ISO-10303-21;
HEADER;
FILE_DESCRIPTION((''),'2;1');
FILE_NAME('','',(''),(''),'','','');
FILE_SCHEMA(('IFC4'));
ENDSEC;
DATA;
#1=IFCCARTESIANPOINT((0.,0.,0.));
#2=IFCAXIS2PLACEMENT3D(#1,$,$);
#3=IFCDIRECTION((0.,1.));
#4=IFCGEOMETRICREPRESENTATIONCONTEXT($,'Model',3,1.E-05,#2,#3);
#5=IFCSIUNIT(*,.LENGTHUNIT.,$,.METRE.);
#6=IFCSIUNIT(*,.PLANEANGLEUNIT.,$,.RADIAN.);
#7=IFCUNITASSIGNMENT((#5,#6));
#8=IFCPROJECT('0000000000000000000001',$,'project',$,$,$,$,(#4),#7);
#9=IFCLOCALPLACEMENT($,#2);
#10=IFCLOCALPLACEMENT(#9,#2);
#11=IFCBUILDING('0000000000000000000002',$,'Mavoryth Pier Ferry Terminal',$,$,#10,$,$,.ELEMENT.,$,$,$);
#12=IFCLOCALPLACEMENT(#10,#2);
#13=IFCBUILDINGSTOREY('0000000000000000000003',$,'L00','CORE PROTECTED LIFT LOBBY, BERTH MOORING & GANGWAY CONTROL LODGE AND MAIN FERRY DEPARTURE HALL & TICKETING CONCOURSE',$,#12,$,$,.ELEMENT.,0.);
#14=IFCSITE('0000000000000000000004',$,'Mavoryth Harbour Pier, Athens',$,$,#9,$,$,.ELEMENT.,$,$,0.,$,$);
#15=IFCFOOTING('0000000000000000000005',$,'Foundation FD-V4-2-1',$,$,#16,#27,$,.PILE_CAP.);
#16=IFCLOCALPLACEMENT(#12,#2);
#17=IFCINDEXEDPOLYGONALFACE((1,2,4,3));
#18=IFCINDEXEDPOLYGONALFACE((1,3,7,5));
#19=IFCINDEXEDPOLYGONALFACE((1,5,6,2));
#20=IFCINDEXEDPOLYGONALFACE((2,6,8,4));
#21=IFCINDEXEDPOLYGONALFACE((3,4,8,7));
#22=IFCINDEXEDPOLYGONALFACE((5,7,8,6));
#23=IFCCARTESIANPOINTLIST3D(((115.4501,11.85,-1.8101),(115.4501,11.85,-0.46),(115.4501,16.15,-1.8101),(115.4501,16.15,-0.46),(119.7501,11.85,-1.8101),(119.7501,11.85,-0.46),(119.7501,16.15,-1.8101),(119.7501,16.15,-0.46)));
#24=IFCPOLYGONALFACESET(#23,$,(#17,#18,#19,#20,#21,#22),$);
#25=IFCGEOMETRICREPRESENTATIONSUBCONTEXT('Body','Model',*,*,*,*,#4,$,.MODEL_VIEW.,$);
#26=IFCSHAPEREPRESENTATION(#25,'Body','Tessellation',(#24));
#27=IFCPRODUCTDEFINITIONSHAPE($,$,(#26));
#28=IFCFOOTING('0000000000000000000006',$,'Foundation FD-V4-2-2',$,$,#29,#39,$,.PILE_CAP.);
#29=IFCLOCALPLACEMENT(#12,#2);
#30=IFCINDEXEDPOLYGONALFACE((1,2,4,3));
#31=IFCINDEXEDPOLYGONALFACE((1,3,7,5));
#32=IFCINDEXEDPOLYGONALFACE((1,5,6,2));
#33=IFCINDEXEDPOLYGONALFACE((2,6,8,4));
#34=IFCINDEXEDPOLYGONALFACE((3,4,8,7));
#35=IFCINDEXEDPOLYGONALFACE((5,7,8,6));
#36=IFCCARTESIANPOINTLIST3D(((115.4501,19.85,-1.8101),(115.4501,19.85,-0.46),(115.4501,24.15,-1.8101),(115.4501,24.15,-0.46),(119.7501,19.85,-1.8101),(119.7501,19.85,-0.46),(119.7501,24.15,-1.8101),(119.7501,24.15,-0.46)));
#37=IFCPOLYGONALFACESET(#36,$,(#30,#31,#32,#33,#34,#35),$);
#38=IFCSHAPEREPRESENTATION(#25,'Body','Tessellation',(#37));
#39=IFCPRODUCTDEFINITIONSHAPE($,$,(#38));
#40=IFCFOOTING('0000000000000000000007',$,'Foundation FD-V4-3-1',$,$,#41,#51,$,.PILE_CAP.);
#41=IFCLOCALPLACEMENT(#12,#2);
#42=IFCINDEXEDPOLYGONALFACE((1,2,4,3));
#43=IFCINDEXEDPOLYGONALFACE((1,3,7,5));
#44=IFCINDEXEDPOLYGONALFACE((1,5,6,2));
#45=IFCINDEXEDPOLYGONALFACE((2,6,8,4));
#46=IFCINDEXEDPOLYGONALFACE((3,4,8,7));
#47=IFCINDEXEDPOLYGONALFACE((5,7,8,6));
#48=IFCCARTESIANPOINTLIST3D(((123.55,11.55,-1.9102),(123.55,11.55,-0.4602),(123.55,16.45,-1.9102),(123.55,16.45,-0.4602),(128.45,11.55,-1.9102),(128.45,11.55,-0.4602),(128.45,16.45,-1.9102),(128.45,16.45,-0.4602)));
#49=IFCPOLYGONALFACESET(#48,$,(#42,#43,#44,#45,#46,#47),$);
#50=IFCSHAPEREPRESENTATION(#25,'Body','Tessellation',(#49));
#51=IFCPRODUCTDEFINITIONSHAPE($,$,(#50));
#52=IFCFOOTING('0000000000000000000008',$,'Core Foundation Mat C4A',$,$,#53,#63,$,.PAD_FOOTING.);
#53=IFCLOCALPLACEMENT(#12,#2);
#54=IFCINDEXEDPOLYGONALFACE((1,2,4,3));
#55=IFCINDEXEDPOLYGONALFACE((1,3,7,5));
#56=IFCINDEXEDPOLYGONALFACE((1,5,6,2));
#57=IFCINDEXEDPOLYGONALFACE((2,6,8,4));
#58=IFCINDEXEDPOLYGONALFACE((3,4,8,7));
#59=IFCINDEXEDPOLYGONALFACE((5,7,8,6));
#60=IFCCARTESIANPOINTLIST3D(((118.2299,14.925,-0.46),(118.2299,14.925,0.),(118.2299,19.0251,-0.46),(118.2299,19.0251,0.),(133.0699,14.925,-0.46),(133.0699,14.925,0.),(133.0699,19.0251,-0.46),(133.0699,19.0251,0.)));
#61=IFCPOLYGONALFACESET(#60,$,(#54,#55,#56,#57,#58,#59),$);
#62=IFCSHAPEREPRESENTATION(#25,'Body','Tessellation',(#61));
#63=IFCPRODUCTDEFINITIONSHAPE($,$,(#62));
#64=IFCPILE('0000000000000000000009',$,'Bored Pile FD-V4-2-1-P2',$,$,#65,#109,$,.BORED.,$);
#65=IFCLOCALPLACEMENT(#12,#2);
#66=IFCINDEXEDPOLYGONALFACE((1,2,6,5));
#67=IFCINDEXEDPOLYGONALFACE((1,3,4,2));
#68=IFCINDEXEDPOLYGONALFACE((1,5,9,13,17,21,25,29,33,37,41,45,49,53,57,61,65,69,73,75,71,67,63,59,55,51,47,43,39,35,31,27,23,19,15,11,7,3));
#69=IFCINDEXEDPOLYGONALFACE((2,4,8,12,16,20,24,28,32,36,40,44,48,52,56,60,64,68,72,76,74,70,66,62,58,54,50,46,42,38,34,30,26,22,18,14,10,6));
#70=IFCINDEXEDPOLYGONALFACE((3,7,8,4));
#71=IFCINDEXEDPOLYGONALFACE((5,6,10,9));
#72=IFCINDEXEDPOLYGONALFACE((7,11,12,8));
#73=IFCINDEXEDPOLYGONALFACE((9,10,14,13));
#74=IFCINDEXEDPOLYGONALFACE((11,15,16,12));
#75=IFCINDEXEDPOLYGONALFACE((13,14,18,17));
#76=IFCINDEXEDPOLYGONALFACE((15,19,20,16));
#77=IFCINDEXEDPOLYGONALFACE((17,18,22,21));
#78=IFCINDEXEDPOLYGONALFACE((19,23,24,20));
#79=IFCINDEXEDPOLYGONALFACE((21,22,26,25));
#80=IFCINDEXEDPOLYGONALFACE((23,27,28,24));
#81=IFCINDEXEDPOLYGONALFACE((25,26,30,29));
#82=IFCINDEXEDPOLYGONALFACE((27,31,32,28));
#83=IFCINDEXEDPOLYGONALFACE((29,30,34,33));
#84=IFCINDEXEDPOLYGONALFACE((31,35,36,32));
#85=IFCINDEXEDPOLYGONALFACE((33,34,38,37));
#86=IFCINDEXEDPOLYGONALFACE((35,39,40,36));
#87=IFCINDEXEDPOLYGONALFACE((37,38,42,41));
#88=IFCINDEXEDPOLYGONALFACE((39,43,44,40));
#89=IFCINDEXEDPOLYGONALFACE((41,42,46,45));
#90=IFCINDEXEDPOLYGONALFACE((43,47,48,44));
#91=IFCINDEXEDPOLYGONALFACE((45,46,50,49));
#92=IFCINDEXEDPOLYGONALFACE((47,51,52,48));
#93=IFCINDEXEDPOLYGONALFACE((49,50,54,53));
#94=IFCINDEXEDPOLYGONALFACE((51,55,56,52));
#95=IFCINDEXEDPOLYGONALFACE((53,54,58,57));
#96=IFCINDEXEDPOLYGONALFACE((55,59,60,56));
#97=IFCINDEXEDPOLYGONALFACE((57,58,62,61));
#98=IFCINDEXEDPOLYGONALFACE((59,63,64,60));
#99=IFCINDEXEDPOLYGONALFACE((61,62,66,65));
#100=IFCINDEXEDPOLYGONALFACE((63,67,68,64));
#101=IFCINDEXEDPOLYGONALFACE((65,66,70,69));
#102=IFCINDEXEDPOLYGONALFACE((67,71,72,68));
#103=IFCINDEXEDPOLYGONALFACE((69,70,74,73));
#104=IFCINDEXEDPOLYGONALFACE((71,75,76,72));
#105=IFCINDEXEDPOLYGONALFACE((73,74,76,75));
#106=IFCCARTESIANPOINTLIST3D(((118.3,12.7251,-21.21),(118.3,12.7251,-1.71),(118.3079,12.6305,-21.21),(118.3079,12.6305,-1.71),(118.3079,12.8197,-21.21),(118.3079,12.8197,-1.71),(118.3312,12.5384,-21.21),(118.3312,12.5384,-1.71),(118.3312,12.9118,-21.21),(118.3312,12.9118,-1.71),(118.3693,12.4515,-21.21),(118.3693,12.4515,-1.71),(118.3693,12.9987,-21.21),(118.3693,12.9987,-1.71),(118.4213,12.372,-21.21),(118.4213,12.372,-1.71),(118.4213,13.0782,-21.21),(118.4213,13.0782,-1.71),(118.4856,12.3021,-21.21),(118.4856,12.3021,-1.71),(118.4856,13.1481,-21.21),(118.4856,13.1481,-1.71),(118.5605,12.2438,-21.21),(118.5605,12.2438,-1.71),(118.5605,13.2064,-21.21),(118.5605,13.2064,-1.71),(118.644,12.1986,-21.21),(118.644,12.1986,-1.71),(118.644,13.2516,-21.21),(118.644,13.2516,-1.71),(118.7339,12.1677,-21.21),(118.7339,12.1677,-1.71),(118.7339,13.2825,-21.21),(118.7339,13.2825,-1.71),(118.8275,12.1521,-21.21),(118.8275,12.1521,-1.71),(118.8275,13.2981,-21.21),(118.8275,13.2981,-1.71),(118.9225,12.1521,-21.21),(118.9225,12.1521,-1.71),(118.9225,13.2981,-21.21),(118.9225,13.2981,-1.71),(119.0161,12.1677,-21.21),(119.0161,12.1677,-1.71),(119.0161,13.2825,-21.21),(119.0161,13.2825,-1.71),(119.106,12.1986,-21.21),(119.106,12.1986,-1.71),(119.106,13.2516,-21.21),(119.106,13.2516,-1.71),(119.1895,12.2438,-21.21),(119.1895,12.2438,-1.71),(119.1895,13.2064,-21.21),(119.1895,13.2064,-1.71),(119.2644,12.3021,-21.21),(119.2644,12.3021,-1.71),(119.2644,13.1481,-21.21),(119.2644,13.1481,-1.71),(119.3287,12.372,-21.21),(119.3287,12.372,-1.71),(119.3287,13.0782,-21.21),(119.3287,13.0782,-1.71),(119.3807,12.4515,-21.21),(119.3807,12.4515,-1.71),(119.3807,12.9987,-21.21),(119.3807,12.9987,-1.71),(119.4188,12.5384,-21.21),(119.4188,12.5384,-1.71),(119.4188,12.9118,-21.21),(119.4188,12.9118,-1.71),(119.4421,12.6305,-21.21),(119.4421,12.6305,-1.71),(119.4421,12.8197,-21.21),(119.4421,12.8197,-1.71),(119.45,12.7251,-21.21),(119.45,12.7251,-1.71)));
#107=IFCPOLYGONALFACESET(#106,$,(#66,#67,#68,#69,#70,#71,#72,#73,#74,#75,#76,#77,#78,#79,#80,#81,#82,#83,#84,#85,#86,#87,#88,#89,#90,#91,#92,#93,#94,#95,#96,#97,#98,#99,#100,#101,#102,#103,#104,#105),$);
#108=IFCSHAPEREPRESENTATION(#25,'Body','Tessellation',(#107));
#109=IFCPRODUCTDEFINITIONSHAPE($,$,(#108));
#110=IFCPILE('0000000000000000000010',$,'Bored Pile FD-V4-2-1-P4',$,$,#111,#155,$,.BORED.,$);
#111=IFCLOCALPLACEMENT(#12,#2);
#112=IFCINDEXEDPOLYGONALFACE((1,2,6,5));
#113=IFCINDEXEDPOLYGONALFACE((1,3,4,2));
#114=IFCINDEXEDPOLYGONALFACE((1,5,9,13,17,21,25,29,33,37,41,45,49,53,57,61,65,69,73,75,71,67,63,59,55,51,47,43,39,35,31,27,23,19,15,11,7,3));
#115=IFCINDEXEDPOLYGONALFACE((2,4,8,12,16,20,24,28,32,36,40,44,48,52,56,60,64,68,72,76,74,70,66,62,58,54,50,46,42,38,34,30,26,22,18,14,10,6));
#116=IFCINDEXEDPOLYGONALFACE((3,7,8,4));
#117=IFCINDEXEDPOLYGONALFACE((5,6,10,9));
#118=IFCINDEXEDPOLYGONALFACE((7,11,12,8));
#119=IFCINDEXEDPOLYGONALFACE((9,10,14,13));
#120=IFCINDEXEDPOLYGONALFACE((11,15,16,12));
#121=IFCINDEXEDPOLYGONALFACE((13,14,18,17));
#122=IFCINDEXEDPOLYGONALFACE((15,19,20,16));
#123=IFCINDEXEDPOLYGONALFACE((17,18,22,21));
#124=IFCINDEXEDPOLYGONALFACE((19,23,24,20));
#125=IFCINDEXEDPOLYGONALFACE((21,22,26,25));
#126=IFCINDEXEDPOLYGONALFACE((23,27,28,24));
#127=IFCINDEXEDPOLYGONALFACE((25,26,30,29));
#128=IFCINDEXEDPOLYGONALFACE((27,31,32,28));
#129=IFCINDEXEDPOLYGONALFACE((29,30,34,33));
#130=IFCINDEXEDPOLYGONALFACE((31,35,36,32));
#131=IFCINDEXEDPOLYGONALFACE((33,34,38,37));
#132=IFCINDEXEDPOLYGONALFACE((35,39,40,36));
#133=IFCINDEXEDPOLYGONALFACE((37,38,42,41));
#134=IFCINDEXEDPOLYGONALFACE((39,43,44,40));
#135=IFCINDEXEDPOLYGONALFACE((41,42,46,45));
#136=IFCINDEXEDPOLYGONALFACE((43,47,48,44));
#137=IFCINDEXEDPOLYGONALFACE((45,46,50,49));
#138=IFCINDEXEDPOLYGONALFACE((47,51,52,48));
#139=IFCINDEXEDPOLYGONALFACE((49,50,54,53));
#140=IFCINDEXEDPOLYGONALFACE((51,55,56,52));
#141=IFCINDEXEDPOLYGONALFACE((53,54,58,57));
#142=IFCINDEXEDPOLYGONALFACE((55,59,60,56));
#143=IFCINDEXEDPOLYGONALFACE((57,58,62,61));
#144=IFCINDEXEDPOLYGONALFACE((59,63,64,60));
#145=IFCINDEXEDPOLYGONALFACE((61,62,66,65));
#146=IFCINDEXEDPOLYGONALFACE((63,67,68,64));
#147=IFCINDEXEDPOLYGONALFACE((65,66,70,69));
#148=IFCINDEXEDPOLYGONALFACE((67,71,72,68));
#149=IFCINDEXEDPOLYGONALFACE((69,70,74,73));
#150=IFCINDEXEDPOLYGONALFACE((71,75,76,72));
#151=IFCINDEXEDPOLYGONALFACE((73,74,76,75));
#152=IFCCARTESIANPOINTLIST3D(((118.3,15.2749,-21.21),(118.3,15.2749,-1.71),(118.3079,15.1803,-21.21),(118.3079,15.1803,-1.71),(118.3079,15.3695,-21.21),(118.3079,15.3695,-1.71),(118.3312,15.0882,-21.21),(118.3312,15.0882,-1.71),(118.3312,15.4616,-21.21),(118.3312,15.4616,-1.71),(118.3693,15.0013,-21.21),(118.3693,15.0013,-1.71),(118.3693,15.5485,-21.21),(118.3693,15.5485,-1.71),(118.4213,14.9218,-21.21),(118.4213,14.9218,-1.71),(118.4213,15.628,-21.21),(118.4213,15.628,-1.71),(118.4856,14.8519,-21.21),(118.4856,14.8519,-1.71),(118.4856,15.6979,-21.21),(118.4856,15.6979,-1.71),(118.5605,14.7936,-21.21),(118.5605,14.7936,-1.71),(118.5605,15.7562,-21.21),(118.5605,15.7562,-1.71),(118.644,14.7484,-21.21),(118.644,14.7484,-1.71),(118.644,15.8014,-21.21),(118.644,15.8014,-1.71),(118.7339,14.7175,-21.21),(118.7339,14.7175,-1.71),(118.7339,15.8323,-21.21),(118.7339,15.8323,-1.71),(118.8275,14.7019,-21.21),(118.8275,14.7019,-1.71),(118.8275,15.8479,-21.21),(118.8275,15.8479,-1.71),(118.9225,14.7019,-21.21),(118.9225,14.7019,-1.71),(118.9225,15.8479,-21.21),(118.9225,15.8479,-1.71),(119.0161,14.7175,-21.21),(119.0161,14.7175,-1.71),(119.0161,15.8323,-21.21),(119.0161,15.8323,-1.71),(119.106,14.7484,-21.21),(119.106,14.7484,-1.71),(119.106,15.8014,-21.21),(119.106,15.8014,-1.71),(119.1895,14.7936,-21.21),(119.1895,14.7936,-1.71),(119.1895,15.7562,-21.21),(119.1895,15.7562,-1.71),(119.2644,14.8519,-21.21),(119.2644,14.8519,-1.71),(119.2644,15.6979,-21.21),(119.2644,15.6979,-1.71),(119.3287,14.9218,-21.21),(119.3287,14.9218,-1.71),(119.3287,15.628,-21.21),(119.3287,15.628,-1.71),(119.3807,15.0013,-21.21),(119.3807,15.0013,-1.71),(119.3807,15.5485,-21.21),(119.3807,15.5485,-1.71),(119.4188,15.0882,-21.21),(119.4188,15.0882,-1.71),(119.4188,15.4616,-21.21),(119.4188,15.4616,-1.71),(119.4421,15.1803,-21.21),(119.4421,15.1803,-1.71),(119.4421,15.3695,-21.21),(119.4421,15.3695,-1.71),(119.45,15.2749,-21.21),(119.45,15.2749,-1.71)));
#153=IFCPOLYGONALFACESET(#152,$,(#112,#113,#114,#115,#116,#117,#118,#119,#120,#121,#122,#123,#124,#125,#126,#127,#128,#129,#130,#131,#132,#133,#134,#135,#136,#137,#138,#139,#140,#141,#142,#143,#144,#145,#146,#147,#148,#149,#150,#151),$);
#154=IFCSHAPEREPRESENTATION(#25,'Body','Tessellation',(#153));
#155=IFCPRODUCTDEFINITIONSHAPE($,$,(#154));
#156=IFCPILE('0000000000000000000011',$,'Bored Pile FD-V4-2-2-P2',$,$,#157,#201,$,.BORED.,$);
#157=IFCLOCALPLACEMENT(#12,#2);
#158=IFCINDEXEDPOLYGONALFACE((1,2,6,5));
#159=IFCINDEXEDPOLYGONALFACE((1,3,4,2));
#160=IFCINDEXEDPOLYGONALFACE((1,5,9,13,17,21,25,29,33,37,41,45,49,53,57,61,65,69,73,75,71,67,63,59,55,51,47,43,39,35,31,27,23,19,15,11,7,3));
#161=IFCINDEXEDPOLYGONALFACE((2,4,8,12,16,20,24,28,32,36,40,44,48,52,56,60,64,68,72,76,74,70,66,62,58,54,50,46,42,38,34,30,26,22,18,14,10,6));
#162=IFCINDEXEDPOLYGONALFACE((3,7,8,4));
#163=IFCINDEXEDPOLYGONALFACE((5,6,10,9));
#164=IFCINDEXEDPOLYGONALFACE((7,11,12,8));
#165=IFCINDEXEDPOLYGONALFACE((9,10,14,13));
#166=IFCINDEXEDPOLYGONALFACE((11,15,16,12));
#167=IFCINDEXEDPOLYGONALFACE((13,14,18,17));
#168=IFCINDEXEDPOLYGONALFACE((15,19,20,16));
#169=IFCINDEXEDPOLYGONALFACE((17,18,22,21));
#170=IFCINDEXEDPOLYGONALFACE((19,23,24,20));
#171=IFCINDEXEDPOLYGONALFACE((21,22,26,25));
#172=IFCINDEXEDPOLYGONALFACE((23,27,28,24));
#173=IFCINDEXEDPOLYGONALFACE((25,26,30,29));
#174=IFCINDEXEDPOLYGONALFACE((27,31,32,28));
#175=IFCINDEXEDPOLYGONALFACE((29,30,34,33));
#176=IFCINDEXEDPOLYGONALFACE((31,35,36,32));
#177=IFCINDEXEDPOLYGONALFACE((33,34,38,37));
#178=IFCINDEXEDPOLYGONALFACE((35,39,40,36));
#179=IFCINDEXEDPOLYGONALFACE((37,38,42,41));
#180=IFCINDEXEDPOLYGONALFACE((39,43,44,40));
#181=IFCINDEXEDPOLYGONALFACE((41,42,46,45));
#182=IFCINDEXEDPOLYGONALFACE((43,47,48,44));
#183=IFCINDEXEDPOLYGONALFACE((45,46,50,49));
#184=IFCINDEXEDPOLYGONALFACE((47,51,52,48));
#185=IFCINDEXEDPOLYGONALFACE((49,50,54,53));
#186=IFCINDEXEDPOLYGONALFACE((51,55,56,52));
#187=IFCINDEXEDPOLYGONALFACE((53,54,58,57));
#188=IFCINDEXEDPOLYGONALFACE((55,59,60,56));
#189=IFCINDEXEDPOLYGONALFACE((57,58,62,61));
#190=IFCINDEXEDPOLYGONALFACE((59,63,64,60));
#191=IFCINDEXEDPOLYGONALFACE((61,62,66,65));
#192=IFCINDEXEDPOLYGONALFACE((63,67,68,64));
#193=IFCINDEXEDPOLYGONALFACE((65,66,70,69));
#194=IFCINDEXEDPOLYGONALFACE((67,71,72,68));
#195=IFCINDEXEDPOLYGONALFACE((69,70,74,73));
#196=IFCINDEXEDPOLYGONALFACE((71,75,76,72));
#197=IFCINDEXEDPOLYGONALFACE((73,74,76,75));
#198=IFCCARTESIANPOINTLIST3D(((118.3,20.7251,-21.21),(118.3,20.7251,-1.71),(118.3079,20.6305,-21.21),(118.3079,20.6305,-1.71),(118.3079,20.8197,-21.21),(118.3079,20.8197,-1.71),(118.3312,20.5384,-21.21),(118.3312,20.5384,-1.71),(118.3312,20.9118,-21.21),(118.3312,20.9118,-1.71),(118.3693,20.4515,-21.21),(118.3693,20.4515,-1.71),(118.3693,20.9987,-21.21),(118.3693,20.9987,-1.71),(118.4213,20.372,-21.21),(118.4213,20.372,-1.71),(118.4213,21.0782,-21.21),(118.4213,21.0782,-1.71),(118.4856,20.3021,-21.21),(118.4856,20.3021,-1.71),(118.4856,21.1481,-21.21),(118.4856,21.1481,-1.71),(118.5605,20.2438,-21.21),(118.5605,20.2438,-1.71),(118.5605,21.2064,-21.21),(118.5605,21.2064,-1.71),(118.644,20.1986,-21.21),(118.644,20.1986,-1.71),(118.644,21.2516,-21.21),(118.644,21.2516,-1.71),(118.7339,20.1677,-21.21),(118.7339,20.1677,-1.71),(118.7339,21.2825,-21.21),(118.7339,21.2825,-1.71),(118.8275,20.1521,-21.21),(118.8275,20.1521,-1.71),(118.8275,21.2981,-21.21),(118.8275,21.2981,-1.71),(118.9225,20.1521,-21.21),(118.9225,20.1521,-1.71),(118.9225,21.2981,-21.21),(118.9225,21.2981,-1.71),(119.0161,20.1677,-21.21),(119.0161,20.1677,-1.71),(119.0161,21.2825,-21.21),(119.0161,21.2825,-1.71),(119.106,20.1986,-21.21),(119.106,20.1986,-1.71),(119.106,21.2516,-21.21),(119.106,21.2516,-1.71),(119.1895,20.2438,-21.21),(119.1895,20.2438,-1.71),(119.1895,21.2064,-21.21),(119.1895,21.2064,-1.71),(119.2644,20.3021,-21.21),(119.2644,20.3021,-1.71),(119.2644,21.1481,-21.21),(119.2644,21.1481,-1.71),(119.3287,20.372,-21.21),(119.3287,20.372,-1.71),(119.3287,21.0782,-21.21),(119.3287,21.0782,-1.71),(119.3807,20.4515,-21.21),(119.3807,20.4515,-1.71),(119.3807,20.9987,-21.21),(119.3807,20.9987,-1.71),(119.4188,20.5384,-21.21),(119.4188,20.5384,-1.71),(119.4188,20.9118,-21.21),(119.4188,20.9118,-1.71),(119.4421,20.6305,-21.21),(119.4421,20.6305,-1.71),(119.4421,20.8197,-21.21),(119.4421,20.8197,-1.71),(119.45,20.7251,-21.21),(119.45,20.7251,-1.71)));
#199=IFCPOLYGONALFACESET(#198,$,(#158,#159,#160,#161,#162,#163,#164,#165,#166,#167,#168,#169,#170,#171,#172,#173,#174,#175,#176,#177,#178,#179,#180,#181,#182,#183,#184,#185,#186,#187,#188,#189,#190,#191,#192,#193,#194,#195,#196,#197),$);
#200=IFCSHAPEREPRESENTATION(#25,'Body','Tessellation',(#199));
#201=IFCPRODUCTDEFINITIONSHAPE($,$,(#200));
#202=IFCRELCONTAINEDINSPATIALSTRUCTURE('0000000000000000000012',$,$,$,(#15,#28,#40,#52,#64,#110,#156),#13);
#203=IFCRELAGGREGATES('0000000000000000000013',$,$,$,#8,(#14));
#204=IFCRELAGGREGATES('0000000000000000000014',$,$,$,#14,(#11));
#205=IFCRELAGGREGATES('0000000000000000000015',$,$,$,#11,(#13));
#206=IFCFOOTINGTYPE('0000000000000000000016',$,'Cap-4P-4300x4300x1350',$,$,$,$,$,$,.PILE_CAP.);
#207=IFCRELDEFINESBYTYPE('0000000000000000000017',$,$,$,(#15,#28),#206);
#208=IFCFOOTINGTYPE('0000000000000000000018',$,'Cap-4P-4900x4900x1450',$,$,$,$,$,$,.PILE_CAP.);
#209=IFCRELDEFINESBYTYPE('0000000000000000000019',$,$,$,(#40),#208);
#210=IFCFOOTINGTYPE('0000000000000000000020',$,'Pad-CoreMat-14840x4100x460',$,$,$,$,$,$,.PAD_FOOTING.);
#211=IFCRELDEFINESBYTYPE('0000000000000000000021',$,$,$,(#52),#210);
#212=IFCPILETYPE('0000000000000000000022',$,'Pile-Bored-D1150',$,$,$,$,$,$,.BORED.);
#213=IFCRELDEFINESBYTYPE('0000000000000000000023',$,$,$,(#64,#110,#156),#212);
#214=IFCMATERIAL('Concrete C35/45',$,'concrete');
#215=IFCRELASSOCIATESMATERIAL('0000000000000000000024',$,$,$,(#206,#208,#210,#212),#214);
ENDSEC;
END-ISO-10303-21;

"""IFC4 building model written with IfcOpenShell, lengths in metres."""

from ifc_helpers import new_model, si_unit, direction, frame, origin, origin_2d, place, context, subcontext, project, spatial, rectangle, circle, extrude, material, material_profile, profile_set, type_object, element, save


model = new_model("IFC4")

# Units and contexts
model_context = context("Model", 3, precision=1e-05, world=origin(), true_north=direction((0.0, 1.0)))
body_context = subcontext(model_context, "Body", "Model", "MODEL_VIEW")
ifc_project = project(units=[si_unit("LENGTHUNIT", "METRE"), si_unit("PLANEANGLEUNIT", "RADIAN")], contexts=[model_context])

# Site, building, storey
site_placement = place(None, origin())
site = spatial("IfcSite", under=ifc_project, at=site_placement, Name="Mavoryth Harbour Pier, Athens", CompositionType="ELEMENT", RefElevation=0.0)
building_placement = place(site_placement, origin())
building = spatial("IfcBuilding", under=site, at=building_placement, Name="Mavoryth Pier Ferry Terminal", CompositionType="ELEMENT")
storey_placement = place(building_placement, origin())
storey = spatial("IfcBuildingStorey", under=building, at=storey_placement, Name="L00", Description="CORE PROTECTED LIFT LOBBY, BERTH MOORING & GANGWAY CONTROL LODGE AND MAIN FERRY DEPARTURE HALL & TICKETING CONCOURSE", CompositionType="ELEMENT", Elevation=0.0)

# Footings
ifc_material_1 = material(Name="Concrete C35/45", Category="concrete")
footing_type_1 = type_object("IfcFootingType", Name="Cap-4P-4300x4300x1350", PredefinedType="PILE_CAP", material=ifc_material_1)
for number, where, z_axis, x_axis, name in (
    (1, (117.6001, 14.0, -1.8101), (0.0, 0.0, 1.0), (1.0, 0.0, 0.0), "Foundation FD-V4-2-1"),
    (2, (117.6001, 22.0, -1.8101), (0.0, 0.0, 1.0), (1.0, 0.0, 0.0), "Foundation FD-V4-2-2"),
):
    element("IfcFooting", number, at=place(storey_placement, frame(where, z_axis=z_axis, x_axis=x_axis)), inside=storey, type_object=footing_type_1, Name=name, PredefinedType="PILE_CAP", context=body_context, shape_type="SweptSolid", body=[
        extrude(rectangle(XDim=4.3, YDim=4.3, at=origin_2d()), origin(), (0.0, 0.0, 1.0), 1.3501),
    ])
footing_type_2 = type_object("IfcFootingType", Name="Cap-4P-4900x4900x1450", PredefinedType="PILE_CAP", material=ifc_material_1)
footing_1_placement = place(storey_placement, frame((126.0, 14.0, -1.9102), z_axis=(0.0, 0.0, 1.0), x_axis=(1.0, 0.0, 0.0)))
element("IfcFooting", 3, at=footing_1_placement, inside=storey, type_object=footing_type_2, Name="Foundation FD-V4-3-1", PredefinedType="PILE_CAP", context=body_context, shape_type="SweptSolid", body=[
    extrude(rectangle(XDim=4.8999, YDim=4.8999, at=origin_2d()), origin(), (0.0, 0.0, 1.0), 1.45),
])
footing_type_3 = type_object("IfcFootingType", Name="Pad-CoreMat-14840x4100x460", PredefinedType="PAD_FOOTING", material=ifc_material_1)
footing_2_placement = place(storey_placement, frame((125.6499, 16.9751, -0.46), z_axis=(0.0, 0.0, 1.0), x_axis=(1.0, 0.0, 0.0)))
element("IfcFooting", 4, at=footing_2_placement, inside=storey, type_object=footing_type_3, Name="Core Foundation Mat C4A", PredefinedType="PAD_FOOTING", context=body_context, shape_type="SweptSolid", body=[
    extrude(rectangle(XDim=14.8401, YDim=4.1001, at=origin_2d()), origin(), (0.0, 0.0, 1.0), 0.46),
])

# Piles
ifc_material_profile_1 = material_profile(ifc_material_1, circle(Radius=0.575, at=origin_2d()), Name="PILE D1150", Category="concrete")
ifc_profile_set_1 = profile_set([ifc_material_profile_1], Name="Concrete C35/45 - PILE D1150")
pile_type_1 = type_object("IfcPileType", Name="Pile-Bored-D1150", PredefinedType="BORED", material=ifc_profile_set_1)
for number, where, z_axis, x_axis, name in (
    (5, (118.875, 12.7251, -1.71), (0.0, 0.0, -1.0), (1.0, 0.0, 0.0), "Bored Pile FD-V4-2-1-P2"),
    (6, (118.875, 15.2749, -1.71), (0.0, 0.0, -1.0), (1.0, 0.0, 0.0), "Bored Pile FD-V4-2-1-P4"),
    (7, (118.875, 20.7251, -1.71), (0.0, 0.0, -1.0), (1.0, 0.0, 0.0), "Bored Pile FD-V4-2-2-P2"),
):
    element("IfcPile", number, at=place(storey_placement, frame(where, z_axis=z_axis, x_axis=x_axis)), inside=storey, type_object=pile_type_1, Name=name, PredefinedType="BORED", context=body_context, shape_type="SweptSolid", body=[
        extrude(circle(Radius=0.575, at=origin_2d()), origin(), (0.0, 0.0, 1.0), 19.5),
    ])

save(model, "model.ifc")
